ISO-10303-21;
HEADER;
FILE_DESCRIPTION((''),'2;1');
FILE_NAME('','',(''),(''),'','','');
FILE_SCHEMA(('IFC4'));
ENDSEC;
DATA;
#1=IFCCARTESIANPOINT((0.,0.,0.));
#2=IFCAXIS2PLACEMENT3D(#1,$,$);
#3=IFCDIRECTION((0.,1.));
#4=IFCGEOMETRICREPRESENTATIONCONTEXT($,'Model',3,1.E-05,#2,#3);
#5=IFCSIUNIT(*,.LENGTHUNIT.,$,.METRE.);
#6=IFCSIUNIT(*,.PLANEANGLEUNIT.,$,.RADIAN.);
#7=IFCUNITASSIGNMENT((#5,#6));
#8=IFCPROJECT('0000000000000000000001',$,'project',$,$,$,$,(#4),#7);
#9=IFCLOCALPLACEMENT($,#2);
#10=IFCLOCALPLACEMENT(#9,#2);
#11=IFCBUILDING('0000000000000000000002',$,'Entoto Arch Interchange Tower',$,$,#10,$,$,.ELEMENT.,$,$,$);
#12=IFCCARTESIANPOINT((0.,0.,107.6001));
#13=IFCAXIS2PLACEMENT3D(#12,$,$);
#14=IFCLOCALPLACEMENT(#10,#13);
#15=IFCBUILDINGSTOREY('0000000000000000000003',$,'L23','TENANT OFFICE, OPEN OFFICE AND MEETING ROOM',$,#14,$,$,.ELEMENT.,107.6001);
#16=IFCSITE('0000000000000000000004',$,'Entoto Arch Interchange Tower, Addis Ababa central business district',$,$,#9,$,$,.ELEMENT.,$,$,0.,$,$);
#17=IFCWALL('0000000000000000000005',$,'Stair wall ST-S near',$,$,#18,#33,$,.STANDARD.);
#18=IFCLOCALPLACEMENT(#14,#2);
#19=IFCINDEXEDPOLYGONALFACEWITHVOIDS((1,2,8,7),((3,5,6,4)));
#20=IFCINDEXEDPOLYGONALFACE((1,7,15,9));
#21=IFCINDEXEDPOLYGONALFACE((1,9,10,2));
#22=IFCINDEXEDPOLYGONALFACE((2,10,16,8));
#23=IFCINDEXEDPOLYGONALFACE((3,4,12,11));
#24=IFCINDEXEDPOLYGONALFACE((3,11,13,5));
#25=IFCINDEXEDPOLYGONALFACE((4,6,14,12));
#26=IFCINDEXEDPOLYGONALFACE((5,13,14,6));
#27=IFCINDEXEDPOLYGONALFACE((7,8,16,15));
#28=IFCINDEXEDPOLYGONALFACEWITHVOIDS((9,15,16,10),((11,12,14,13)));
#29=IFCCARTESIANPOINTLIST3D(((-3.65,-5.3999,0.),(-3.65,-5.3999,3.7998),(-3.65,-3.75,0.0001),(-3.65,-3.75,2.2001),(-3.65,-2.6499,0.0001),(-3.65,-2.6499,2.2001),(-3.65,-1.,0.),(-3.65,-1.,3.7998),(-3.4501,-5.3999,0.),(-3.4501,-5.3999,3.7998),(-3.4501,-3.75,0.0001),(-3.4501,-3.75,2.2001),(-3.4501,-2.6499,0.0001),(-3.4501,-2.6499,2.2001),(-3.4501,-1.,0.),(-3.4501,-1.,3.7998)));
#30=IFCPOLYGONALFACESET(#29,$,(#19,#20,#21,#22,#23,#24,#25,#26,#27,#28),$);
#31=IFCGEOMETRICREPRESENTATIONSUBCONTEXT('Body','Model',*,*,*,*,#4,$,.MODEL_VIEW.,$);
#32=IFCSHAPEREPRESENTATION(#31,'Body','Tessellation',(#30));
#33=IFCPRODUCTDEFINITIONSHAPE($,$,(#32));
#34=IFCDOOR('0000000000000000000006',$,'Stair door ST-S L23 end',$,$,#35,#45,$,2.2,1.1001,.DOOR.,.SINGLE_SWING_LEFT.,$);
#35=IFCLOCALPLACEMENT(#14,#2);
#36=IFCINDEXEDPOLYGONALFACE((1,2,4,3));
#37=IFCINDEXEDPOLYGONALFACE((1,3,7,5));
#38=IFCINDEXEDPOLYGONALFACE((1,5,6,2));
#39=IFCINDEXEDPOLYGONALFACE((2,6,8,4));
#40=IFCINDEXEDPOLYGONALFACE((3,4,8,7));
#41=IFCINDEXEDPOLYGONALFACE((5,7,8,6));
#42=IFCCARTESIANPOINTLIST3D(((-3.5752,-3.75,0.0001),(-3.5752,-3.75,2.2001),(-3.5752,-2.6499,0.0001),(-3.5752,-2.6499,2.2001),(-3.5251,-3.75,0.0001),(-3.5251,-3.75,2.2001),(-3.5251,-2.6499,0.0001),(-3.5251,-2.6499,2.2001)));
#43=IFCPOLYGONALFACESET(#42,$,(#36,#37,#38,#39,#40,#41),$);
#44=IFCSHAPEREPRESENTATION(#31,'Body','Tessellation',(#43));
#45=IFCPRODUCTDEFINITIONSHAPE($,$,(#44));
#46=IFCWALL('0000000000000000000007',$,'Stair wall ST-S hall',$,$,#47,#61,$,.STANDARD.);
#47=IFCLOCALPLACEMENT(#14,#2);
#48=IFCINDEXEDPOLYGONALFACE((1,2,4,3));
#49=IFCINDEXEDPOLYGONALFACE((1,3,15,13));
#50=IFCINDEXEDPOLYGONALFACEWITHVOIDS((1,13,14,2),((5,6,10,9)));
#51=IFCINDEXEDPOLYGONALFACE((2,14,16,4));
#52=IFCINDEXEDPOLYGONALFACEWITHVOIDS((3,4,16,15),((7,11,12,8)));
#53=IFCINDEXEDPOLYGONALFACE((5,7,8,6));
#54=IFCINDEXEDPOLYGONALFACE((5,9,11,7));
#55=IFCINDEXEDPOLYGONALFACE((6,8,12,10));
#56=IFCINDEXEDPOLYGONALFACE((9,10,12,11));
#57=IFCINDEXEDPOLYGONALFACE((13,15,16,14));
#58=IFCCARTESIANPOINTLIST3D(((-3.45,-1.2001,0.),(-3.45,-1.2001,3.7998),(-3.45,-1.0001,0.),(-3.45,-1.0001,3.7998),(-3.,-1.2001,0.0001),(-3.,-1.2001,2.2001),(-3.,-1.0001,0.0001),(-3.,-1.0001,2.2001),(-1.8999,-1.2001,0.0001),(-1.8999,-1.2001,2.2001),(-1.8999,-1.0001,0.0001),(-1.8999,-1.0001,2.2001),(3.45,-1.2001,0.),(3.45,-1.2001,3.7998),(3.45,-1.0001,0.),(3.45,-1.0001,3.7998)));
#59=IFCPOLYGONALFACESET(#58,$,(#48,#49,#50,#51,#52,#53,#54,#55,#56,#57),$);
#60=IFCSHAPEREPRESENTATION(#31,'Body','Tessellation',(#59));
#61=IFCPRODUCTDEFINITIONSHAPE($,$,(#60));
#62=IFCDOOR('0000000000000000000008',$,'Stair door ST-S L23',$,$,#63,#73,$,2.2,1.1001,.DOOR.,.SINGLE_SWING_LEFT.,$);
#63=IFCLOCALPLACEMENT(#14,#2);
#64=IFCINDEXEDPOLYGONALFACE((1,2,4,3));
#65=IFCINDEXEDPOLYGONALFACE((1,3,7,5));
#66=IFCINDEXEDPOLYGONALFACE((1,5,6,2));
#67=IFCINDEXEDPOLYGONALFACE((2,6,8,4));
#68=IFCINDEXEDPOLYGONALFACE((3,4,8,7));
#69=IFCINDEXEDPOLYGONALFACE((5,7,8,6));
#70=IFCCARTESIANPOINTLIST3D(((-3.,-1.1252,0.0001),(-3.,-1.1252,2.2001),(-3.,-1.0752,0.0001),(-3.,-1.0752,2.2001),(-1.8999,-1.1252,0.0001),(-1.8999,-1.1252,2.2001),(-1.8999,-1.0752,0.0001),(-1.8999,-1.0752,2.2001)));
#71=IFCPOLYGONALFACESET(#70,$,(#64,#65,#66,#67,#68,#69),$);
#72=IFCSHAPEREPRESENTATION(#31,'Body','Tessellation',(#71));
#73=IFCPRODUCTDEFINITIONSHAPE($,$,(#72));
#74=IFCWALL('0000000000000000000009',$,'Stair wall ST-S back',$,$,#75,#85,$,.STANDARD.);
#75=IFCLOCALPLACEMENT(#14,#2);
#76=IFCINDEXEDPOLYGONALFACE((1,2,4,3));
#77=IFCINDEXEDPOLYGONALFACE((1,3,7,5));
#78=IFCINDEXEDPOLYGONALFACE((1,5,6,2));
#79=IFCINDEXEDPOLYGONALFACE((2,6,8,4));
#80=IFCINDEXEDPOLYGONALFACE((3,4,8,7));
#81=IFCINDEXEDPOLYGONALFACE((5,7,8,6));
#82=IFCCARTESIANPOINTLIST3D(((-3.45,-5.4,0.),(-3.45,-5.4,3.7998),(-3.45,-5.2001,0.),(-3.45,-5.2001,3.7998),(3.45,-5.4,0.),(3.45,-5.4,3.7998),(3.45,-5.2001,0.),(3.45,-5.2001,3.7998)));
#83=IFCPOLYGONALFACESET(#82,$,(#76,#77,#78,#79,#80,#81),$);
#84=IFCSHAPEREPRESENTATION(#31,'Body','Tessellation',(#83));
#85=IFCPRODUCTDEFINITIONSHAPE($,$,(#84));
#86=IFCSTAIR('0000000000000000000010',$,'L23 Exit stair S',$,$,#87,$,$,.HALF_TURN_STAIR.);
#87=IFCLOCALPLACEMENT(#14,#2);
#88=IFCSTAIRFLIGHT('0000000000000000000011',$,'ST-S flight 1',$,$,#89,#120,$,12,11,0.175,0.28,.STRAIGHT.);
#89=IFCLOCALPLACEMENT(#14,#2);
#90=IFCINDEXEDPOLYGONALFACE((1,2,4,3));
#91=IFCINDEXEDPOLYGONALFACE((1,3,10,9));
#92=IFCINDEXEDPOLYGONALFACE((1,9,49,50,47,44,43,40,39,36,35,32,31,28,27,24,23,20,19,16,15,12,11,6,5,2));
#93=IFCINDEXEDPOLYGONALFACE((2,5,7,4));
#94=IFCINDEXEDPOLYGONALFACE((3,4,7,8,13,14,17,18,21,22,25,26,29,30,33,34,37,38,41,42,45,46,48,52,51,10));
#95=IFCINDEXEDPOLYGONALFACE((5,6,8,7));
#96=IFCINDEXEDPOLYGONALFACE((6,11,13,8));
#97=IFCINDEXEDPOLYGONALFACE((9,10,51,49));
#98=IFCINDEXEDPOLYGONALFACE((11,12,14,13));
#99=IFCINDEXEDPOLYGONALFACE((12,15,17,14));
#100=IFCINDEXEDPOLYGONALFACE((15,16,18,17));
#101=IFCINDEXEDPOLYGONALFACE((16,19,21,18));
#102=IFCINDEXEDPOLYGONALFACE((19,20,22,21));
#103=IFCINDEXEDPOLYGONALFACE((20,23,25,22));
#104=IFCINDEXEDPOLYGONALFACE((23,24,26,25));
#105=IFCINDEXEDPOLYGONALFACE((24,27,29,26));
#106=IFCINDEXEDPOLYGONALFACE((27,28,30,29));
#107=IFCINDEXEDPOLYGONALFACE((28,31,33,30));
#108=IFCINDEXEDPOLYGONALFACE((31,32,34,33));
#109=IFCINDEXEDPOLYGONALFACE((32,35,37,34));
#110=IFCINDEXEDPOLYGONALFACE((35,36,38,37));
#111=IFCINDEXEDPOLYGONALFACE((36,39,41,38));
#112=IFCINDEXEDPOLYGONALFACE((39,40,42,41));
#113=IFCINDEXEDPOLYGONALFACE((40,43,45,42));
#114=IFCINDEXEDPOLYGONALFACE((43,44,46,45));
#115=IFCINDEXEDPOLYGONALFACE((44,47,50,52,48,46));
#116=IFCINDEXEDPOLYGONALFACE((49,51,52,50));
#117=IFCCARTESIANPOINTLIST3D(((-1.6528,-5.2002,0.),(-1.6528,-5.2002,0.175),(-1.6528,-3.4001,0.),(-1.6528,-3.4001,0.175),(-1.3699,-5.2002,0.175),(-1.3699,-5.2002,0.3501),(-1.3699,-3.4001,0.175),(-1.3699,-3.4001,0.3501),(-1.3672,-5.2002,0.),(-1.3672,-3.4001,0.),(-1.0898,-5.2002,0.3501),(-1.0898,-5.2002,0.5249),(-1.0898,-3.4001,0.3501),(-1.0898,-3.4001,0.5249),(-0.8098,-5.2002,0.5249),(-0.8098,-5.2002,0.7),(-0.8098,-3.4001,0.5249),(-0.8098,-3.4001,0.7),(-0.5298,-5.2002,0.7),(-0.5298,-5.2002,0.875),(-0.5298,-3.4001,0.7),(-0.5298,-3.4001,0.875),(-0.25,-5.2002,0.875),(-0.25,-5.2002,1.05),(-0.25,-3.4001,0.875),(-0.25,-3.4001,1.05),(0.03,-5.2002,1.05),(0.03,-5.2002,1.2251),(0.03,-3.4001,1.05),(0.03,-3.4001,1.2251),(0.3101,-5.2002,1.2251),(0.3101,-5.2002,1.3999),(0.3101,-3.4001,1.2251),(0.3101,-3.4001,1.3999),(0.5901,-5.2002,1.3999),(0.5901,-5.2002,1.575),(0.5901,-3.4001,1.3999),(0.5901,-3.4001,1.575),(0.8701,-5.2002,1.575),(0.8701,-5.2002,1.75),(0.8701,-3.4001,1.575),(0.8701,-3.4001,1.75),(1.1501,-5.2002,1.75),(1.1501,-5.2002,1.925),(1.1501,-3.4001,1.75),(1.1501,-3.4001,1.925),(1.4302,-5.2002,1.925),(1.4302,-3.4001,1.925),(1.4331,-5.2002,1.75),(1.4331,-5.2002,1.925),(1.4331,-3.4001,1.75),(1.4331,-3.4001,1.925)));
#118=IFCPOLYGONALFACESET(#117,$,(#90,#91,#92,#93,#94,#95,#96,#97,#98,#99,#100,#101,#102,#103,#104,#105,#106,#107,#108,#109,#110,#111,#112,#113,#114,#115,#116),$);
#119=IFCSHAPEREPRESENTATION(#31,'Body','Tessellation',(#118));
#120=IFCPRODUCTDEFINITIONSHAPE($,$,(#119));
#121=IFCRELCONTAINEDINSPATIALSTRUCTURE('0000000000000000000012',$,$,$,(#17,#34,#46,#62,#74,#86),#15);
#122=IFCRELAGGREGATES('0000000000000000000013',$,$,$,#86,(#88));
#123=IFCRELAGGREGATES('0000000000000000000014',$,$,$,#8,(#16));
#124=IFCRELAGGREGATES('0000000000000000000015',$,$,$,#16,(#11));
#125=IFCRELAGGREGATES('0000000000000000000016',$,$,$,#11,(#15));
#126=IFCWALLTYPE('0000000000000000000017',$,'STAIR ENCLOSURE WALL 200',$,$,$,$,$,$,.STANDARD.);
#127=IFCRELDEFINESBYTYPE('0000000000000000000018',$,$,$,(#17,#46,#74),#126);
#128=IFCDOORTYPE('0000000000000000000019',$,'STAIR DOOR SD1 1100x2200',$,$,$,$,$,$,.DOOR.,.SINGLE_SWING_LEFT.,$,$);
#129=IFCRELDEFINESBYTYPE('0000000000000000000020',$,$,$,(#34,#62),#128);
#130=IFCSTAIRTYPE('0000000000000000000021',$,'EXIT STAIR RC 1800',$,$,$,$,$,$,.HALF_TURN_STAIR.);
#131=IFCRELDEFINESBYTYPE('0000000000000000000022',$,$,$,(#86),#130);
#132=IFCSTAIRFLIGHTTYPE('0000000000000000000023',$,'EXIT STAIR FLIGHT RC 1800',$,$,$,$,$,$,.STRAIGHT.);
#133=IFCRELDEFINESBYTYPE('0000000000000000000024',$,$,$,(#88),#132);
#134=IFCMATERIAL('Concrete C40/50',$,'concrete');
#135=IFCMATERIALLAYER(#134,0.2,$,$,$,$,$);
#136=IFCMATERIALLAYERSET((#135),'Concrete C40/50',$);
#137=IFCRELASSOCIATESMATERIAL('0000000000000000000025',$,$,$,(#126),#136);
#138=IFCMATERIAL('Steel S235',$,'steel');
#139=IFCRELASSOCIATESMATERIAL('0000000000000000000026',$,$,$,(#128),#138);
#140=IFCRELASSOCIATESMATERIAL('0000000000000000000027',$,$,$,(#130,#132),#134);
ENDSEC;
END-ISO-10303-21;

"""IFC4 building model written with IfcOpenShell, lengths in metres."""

from ifc_helpers import new_model, si_unit, direction, frame, frame_2d, origin, place, context, subcontext, project, spatial, polyline, rectangle, outline, extrude, material, layer, layer_set, type_object, element, fill, aggregate, save


model = new_model("IFC4")

# Units and contexts
model_context = context("Model", 3, precision=1e-05, world=origin(), true_north=direction((0.0, 1.0)))
body_context = subcontext(model_context, "Body", "Model", "MODEL_VIEW")
ifc_project = project(units=[si_unit("LENGTHUNIT", "METRE"), si_unit("PLANEANGLEUNIT", "RADIAN")], contexts=[model_context])

# Site, building, storey
site_placement = place(None, origin())
site = spatial("IfcSite", under=ifc_project, at=site_placement, Name="Entoto Arch Interchange Tower, Addis Ababa central business district", CompositionType="ELEMENT", RefElevation=0.0)
building_placement = place(site_placement, origin())
building = spatial("IfcBuilding", under=site, at=building_placement, Name="Entoto Arch Interchange Tower", CompositionType="ELEMENT")
storey_placement = place(building_placement, frame((0.0, 0.0, 107.6001)))
storey = spatial("IfcBuildingStorey", under=building, at=storey_placement, Name="L23", Description="TENANT OFFICE, OPEN OFFICE AND MEETING ROOM", CompositionType="ELEMENT", Elevation=107.6001)

# Shared definitions
ifc_material_1 = material(Name="Concrete C40/50", Category="concrete")

# Walls, openings, doors
ifc_layer_1 = layer(ifc_material_1, 0.2)
ifc_layer_set_1 = layer_set([ifc_layer_1], Name="Concrete C40/50")
wall_type_1 = type_object("IfcWallType", Name="STAIR ENCLOSURE WALL 200", PredefinedType="STANDARD", material=ifc_layer_set_1)
wall_1_placement = place(storey_placement, frame((-3.55, -1.0, 0.0), z_axis=(0.0, 0.0, 1.0), x_axis=(0.0, -1.0, 0.0)))
wall_1 = element("IfcWall", 1, at=wall_1_placement, inside=storey, type_object=wall_type_1, Name="Stair wall ST-S near", PredefinedType="STANDARD", context=body_context, shape_type="SweptSolid", body=[
    extrude(rectangle(XDim=4.3999, YDim=0.2, at=frame_2d((2.2, 0.0))), origin(), (0.0, 0.0, 1.0), 3.7998),
])
opening_1_placement = place(wall_1_placement, frame((1.6499, 0.0, 0.0)))
opening_1 = element("IfcOpeningElement", 2, at=opening_1_placement, cuts=wall_1, PredefinedType="OPENING", context=body_context, shape_type="SweptSolid", body=[
    extrude(rectangle(XDim=1.1001, YDim=2.2, at=frame_2d((0.55, 1.1001))), frame((0.0, 0.1099, 0.0), z_axis=(0.0, -1.0, 0.0), x_axis=(1.0, 0.0, 0.0)), (0.0, 0.0, 1.0), 0.22),
])
ifc_material_2 = material(Name="Steel S235", Category="steel")
door_type_1 = type_object("IfcDoorType", Name="STAIR DOOR SD1 1100x2200", OperationType="SINGLE_SWING_LEFT", PredefinedType="DOOR", material=ifc_material_2)
door_1_placement = place(opening_1_placement, origin())
door_1 = element("IfcDoor", 3, at=door_1_placement, inside=storey, type_object=door_type_1, Name="Stair door ST-S L23 end", OperationType="SINGLE_SWING_LEFT", OverallHeight=2.2, OverallWidth=1.1001, PredefinedType="DOOR", context=body_context, shape_type="SweptSolid", body=[
    extrude(rectangle(XDim=1.1001, YDim=2.2, at=frame_2d((0.55, 1.1001))), frame((0.0, 0.0249, 0.0), z_axis=(0.0, -1.0, 0.0), x_axis=(1.0, 0.0, 0.0)), (0.0, 0.0, 1.0), 0.05),
])
fill(opening_1, door_1)
wall_2_placement = place(storey_placement, frame((-3.45, -1.1001, 0.0), z_axis=(0.0, 0.0, 1.0), x_axis=(1.0, 0.0, 0.0)))
wall_2 = element("IfcWall", 4, at=wall_2_placement, inside=storey, type_object=wall_type_1, Name="Stair wall ST-S hall", PredefinedType="STANDARD", context=body_context, shape_type="SweptSolid", body=[
    extrude(rectangle(XDim=6.8999, YDim=0.2, at=frame_2d((3.45, 0.0))), origin(), (0.0, 0.0, 1.0), 3.7998),
])
opening_2_placement = place(wall_2_placement, frame((0.45, 0.0, 0.0)))
opening_2 = element("IfcOpeningElement", 5, at=opening_2_placement, cuts=wall_2, PredefinedType="OPENING", context=body_context, shape_type="SweptSolid", body=[
    extrude(rectangle(XDim=1.1001, YDim=2.2, at=frame_2d((0.55, 1.1001))), frame((0.0, 0.1099, 0.0), z_axis=(0.0, -1.0, 0.0), x_axis=(1.0, 0.0, 0.0)), (0.0, 0.0, 1.0), 0.22),
])
door_2_placement = place(opening_2_placement, origin())
door_2 = element("IfcDoor", 6, at=door_2_placement, inside=storey, type_object=door_type_1, Name="Stair door ST-S L23", OperationType="SINGLE_SWING_LEFT", OverallHeight=2.2, OverallWidth=1.1001, PredefinedType="DOOR", context=body_context, shape_type="SweptSolid", body=[
    extrude(rectangle(XDim=1.1001, YDim=2.2, at=frame_2d((0.55, 1.1001))), frame((0.0, 0.0249, 0.0), z_axis=(0.0, -1.0, 0.0), x_axis=(1.0, 0.0, 0.0)), (0.0, 0.0, 1.0), 0.05),
])
fill(opening_2, door_2)

# Wall
wall_3_placement = place(storey_placement, frame((-3.45, -5.3, 0.0), z_axis=(0.0, 0.0, 1.0), x_axis=(1.0, 0.0, 0.0)))
element("IfcWall", 7, at=wall_3_placement, inside=storey, type_object=wall_type_1, Name="Stair wall ST-S back", PredefinedType="STANDARD", context=body_context, shape_type="SweptSolid", body=[
    extrude(rectangle(XDim=6.8999, YDim=0.2, at=frame_2d((3.45, 0.0))), origin(), (0.0, 0.0, 1.0), 3.7998),
])

# Stair, stair flight
stair_type = type_object("IfcStairType", Name="EXIT STAIR RC 1800", PredefinedType="HALF_TURN_STAIR", material=ifc_material_1)
stair_placement = place(storey_placement, origin())
stair = element("IfcStair", 8, at=stair_placement, inside=storey, type_object=stair_type, Name="L23 Exit stair S", PredefinedType="HALF_TURN_STAIR")
stair_flight_type = type_object("IfcStairFlightType", Name="EXIT STAIR FLIGHT RC 1800", PredefinedType="STRAIGHT", material=ifc_material_1)
stair_flight_placement = place(storey_placement, frame((-1.6499, -4.3, 0.0), z_axis=(0.0, 0.0, 1.0), x_axis=(1.0, 0.0, 0.0)))
stair_flight = element("IfcStairFlight", 9, at=stair_flight_placement, type_object=stair_flight_type, Name="ST-S flight 1", NumberOfRisers=12, NumberOfTreads=11, PredefinedType="STRAIGHT", RiserHeight=0.175, TreadLength=0.28, context=body_context, shape_type="SweptSolid", body=[
    extrude(outline(polyline([(-0.0029, 0.0), (-0.0029, 0.175), (0.28, 0.175), (0.28, 0.3501), (0.5601, 0.3501), (0.5601, 0.5249), (0.8401, 0.5249), (0.8401, 0.7), (1.1201, 0.7), (1.1201, 0.875), (1.3999, 0.875), (1.3999, 1.05), (1.6799, 1.05), (1.6799, 1.2251), (1.96, 1.2251), (1.96, 1.3999), (2.24, 1.3999), (2.24, 1.575), (2.52, 1.575), (2.52, 1.75), (2.8, 1.75), (2.8, 1.925), (3.0801, 1.925), (3.083, 1.925), (3.083, 1.75), (0.2827, 0.0), (-0.0029, 0.0)])), frame((0.0, 0.8999, 0.0), z_axis=(0.0, -1.0, 0.0), x_axis=(1.0, 0.0, 0.0)), (0.0, 0.0, 1.0), 1.8),
])
aggregate(stair, [stair_flight])

save(model, "model.ifc")
